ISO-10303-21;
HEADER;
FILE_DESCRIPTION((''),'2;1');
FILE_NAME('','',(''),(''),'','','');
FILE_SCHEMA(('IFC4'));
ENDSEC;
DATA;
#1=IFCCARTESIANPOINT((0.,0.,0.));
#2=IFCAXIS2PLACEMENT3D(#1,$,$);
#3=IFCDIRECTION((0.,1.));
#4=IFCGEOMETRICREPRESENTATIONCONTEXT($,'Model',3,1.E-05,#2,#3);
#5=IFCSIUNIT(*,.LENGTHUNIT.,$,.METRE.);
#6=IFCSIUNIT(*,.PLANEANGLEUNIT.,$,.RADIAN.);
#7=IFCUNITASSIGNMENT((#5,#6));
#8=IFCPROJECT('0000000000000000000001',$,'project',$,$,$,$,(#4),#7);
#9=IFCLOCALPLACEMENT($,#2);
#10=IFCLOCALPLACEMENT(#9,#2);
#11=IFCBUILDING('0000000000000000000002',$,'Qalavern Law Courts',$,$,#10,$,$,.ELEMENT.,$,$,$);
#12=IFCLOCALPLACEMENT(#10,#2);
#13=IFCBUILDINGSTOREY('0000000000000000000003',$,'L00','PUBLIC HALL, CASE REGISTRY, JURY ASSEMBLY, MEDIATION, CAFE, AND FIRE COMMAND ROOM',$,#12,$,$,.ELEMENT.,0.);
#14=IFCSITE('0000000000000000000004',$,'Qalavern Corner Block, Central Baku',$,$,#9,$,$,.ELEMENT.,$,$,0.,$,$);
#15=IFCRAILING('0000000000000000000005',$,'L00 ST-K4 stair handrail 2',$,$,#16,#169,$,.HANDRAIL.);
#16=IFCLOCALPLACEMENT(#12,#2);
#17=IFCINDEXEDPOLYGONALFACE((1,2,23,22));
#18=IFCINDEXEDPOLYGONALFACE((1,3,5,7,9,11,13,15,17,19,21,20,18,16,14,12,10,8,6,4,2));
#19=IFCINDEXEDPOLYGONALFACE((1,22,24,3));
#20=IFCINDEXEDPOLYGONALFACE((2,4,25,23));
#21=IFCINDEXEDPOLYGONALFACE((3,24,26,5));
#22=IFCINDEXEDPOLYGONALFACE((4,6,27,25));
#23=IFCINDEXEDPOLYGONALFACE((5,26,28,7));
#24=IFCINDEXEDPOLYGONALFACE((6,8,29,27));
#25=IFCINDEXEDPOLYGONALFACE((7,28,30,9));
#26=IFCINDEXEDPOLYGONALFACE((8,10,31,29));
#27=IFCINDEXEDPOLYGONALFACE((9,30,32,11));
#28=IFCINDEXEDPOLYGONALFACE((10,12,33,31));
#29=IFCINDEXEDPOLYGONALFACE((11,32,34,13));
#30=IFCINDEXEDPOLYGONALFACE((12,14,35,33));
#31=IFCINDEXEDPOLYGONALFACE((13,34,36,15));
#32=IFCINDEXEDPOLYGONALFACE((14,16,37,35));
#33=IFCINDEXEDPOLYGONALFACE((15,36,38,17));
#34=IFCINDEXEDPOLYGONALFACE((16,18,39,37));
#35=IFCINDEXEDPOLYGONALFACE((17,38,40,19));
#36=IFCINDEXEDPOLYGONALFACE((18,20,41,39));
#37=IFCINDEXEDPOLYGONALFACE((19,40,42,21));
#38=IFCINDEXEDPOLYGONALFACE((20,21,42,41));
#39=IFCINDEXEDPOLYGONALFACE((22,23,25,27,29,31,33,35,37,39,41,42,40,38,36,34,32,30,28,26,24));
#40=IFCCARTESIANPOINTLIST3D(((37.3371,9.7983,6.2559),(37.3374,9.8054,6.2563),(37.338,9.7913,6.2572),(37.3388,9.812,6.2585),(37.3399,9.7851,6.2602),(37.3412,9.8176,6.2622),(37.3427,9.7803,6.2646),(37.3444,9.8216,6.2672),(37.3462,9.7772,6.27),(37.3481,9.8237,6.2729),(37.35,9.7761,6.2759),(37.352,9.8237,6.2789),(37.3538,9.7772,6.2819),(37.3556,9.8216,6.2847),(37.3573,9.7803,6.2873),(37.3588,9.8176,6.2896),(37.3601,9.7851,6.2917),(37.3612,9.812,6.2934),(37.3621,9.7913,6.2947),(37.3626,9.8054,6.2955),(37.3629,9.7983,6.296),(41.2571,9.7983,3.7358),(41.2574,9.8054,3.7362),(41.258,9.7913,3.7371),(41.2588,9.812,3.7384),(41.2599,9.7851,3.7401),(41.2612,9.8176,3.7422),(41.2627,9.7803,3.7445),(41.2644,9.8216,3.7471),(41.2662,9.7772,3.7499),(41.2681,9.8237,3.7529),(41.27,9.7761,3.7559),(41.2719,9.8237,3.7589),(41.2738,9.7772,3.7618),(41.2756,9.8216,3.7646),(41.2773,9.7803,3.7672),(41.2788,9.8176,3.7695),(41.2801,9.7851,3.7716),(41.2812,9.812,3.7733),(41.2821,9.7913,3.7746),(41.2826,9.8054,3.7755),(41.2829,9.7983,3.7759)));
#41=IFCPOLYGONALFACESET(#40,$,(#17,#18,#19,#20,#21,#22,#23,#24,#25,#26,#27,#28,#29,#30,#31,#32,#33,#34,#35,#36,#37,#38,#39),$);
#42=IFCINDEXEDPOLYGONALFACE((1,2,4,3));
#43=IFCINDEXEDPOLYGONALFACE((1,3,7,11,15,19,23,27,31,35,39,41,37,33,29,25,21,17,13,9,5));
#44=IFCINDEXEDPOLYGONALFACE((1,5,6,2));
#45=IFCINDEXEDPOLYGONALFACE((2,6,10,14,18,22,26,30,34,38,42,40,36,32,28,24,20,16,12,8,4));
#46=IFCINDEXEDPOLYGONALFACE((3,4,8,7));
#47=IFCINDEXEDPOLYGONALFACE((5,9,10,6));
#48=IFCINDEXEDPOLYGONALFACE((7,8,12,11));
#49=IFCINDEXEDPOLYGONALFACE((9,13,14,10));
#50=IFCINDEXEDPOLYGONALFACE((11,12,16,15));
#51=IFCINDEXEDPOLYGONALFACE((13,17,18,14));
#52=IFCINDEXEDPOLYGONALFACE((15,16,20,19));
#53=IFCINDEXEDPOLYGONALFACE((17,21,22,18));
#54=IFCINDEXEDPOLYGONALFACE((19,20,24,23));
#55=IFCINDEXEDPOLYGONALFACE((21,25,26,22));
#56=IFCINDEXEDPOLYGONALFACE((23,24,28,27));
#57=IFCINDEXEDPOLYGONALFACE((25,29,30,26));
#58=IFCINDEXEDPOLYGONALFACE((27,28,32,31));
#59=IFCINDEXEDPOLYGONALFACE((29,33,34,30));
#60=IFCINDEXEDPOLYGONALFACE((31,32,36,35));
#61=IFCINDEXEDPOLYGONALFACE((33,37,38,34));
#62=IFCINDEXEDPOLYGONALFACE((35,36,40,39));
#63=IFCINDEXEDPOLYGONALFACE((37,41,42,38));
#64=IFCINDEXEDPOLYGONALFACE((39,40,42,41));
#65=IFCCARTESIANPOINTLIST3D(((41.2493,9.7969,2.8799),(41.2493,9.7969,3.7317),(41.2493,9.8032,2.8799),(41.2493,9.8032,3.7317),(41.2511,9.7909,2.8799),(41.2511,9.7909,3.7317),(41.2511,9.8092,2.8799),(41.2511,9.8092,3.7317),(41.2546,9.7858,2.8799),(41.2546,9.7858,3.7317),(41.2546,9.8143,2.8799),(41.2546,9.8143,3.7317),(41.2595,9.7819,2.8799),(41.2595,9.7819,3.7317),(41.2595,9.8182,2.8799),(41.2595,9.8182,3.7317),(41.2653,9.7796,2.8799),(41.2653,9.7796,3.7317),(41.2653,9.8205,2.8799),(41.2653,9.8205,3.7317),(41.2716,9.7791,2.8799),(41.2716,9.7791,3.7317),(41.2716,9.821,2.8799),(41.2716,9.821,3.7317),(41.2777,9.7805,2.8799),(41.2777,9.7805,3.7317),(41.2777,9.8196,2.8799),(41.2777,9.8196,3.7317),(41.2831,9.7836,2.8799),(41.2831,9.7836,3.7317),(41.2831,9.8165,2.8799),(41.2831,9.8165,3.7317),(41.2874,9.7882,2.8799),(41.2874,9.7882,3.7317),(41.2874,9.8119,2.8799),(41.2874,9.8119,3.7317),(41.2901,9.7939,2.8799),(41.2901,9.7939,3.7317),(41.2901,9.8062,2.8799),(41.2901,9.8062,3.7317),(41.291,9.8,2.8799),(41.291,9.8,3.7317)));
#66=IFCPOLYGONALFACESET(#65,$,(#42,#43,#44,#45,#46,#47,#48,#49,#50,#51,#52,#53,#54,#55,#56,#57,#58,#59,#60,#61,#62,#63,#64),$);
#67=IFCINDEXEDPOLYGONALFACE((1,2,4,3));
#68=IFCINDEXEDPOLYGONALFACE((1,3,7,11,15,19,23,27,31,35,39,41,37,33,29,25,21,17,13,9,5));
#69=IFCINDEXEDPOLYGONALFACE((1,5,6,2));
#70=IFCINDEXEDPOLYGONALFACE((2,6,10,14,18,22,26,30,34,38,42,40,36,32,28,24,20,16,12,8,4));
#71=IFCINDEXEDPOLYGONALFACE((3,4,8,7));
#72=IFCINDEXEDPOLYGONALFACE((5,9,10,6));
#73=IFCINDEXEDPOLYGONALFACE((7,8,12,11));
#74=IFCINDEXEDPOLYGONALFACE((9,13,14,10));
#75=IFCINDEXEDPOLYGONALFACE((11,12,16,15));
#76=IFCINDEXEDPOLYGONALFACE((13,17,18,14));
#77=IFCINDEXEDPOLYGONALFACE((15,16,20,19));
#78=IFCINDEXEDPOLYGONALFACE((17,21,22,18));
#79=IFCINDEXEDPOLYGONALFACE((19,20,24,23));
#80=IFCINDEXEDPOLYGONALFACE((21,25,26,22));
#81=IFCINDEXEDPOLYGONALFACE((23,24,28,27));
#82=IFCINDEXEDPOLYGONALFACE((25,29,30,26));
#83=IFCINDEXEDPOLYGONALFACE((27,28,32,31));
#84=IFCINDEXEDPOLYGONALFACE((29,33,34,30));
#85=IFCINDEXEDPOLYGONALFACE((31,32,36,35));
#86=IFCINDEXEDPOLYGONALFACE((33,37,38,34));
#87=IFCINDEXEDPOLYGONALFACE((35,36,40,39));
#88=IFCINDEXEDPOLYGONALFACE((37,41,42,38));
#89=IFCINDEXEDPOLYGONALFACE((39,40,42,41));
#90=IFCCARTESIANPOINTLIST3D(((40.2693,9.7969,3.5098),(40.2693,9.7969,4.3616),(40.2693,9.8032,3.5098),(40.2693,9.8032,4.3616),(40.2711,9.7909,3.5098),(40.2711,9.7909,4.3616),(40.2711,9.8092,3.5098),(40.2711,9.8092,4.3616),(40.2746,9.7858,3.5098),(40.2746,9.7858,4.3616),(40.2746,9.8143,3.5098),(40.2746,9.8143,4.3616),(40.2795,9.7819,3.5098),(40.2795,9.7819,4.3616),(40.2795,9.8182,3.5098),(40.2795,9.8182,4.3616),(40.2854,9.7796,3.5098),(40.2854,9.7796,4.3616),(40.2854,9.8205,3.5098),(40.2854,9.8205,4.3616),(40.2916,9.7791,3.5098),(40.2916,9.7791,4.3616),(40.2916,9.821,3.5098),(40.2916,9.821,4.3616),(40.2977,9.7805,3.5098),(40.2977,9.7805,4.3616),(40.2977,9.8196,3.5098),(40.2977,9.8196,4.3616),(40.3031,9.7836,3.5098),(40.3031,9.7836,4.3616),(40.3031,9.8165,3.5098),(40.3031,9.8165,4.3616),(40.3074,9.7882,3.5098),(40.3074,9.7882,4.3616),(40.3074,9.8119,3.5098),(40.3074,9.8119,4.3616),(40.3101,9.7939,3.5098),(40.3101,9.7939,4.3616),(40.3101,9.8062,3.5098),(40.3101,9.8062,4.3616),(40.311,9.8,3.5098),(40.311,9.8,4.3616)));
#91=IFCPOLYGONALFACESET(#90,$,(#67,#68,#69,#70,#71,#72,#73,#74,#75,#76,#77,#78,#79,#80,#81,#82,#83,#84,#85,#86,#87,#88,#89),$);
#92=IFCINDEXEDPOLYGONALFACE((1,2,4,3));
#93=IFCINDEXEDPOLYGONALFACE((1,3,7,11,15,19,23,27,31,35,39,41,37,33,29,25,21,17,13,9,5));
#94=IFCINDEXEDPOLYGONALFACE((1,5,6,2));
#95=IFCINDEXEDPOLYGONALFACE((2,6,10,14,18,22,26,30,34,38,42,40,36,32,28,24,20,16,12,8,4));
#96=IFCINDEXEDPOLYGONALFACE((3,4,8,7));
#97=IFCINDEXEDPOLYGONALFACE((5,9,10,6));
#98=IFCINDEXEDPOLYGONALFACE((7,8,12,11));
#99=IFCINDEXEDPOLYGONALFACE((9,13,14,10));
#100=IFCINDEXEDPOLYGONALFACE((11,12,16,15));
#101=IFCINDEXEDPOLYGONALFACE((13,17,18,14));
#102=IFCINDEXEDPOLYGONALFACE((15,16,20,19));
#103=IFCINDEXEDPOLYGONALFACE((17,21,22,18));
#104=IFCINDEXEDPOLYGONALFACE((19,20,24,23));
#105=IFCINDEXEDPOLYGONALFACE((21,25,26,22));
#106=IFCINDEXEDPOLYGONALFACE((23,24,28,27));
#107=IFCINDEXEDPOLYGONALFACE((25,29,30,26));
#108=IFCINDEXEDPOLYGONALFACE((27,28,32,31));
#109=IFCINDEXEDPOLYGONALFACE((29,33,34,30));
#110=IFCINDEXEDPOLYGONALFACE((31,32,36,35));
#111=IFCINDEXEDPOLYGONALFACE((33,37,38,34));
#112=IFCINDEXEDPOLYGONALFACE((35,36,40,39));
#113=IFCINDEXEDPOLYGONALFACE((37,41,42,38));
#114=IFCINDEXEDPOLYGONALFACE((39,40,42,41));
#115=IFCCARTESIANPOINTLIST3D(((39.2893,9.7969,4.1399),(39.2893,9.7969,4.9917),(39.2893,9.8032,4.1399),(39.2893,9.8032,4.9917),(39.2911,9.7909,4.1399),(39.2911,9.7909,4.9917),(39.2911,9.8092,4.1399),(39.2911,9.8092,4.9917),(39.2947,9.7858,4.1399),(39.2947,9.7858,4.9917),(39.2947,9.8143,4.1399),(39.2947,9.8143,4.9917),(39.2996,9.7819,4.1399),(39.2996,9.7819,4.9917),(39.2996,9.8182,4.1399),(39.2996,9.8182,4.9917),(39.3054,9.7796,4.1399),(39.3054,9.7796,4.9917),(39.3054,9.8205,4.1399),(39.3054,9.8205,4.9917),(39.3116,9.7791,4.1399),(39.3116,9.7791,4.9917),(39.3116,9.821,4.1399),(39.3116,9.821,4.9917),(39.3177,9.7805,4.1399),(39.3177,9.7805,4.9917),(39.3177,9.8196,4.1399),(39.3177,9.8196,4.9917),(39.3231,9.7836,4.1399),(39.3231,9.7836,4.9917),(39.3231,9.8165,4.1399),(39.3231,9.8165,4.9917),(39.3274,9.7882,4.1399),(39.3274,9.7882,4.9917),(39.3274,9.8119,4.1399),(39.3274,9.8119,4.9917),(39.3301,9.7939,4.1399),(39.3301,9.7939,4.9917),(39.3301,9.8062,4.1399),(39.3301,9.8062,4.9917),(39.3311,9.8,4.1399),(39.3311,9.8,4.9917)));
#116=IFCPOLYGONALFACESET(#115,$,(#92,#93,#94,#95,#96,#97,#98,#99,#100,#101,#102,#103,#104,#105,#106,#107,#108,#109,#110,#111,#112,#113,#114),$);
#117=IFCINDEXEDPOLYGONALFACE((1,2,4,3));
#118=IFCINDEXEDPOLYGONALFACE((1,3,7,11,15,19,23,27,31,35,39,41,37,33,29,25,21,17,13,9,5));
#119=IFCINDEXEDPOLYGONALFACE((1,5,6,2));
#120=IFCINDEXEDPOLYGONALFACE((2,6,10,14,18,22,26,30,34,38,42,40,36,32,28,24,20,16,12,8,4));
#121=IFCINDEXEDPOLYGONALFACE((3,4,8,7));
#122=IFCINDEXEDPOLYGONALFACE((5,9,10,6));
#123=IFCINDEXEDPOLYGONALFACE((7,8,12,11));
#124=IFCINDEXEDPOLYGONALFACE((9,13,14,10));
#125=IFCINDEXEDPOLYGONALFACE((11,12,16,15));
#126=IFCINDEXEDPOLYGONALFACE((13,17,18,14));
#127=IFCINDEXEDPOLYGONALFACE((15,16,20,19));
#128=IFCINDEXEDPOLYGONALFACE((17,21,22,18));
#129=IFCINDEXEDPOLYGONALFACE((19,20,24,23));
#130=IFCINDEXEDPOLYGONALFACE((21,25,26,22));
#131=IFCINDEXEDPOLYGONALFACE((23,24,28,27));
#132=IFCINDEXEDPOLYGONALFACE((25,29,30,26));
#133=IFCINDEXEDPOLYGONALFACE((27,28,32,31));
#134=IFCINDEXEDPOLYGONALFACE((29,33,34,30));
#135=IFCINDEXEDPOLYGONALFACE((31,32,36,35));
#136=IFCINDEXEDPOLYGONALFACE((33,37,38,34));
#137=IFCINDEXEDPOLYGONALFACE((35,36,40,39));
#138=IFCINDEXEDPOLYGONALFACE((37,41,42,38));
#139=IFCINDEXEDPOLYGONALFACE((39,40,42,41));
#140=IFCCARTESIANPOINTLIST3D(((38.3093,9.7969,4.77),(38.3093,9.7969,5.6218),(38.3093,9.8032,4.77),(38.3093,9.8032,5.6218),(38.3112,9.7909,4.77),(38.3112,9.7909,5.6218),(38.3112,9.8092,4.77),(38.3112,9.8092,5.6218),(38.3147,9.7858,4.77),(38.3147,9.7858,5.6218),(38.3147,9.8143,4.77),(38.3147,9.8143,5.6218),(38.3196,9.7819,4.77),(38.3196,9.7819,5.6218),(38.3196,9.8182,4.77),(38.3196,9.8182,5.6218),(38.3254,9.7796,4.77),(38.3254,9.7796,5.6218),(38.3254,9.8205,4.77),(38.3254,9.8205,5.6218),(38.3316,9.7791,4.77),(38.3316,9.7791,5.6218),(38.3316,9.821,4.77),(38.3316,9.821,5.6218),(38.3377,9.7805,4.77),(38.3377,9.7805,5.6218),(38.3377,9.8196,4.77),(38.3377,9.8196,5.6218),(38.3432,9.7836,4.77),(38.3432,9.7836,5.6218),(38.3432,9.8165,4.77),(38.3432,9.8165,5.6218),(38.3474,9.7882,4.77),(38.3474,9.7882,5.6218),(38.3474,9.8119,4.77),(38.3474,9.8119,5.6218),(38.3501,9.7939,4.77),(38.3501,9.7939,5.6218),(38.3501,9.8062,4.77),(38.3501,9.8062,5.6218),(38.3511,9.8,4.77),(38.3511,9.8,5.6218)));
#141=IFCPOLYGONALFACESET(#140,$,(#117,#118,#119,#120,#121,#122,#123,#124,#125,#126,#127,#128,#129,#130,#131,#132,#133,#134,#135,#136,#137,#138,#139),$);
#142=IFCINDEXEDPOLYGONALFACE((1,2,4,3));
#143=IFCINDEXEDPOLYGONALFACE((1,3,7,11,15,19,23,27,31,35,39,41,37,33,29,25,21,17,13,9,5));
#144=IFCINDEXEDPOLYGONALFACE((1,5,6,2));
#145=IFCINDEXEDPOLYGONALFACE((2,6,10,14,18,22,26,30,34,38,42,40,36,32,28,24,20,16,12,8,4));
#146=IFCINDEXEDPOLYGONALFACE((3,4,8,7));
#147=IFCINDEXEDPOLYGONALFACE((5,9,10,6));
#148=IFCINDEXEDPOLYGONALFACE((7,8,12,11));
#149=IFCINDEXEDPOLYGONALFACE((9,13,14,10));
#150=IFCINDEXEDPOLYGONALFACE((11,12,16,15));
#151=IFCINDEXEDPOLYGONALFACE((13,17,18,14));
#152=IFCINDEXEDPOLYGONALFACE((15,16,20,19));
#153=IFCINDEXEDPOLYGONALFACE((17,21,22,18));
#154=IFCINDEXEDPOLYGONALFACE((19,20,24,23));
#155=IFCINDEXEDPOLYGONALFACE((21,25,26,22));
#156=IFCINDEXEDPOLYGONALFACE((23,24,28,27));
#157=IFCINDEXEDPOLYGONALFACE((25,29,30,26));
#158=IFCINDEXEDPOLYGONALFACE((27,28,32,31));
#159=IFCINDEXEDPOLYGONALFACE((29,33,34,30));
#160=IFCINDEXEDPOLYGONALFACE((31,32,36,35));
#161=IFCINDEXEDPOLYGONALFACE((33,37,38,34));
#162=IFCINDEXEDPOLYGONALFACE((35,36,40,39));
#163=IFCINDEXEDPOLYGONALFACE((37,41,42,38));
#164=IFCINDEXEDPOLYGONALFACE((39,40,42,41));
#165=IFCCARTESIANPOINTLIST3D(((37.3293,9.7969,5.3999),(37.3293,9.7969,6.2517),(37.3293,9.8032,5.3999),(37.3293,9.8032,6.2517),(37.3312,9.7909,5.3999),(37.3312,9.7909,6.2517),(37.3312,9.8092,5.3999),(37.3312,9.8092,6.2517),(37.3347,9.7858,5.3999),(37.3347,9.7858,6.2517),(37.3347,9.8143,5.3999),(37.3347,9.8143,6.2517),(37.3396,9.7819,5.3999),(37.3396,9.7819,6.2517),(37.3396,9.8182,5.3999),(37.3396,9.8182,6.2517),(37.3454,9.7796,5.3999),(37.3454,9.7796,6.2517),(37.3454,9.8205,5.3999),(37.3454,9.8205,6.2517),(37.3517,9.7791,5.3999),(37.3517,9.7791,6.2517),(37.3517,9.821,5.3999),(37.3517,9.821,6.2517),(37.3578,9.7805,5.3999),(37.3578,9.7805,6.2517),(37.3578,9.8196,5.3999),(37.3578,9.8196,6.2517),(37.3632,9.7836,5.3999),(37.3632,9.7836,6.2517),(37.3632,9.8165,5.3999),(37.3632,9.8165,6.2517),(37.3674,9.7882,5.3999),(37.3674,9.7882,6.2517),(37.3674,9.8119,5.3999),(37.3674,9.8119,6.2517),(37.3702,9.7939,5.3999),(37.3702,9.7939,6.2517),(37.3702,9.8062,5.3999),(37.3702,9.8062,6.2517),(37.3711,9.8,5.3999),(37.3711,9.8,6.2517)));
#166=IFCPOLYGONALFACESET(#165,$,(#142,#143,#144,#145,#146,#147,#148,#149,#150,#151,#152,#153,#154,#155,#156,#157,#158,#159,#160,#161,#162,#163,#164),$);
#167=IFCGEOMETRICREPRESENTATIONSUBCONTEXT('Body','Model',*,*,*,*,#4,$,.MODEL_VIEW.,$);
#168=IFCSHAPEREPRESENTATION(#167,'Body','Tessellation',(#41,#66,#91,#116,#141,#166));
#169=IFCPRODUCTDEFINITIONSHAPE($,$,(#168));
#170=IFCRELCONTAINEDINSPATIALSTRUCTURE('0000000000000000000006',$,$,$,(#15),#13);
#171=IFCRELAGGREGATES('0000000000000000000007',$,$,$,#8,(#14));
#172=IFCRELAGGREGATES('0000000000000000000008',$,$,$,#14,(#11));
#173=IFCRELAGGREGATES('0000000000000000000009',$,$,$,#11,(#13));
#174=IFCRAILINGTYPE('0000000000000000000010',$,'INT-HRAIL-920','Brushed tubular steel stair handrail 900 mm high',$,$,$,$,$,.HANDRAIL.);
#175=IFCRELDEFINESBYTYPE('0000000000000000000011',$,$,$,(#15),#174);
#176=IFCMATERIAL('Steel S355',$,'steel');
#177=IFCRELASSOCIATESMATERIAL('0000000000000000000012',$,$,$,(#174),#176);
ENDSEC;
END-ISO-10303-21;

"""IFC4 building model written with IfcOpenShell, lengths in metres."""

from ifc_helpers import new_model, si_unit, direction, frame, origin, origin_2d, place, context, subcontext, project, spatial, circle, extrude, material, type_object, element, save


model = new_model("IFC4")

# Units and contexts
model_context = context("Model", 3, precision=1e-05, world=origin(), true_north=direction((0.0, 1.0)))
body_context = subcontext(model_context, "Body", "Model", "MODEL_VIEW")
ifc_project = project(units=[si_unit("LENGTHUNIT", "METRE"), si_unit("PLANEANGLEUNIT", "RADIAN")], contexts=[model_context])

# Site, building, storey
site_placement = place(None, origin())
site = spatial("IfcSite", under=ifc_project, at=site_placement, Name="Qalavern Corner Block, Central Baku", CompositionType="ELEMENT", RefElevation=0.0)
building_placement = place(site_placement, origin())
building = spatial("IfcBuilding", under=site, at=building_placement, Name="Qalavern Law Courts", CompositionType="ELEMENT")
storey_placement = place(building_placement, origin())
storey = spatial("IfcBuildingStorey", under=building, at=storey_placement, Name="L00", Description="PUBLIC HALL, CASE REGISTRY, JURY ASSEMBLY, MEDIATION, CAFE, AND FIRE COMMAND ROOM", CompositionType="ELEMENT", Elevation=0.0)

# Shared definitions
ifc_material_1 = material(Name="Steel S355", Category="steel")

# Railing
railing_type_1 = type_object("IfcRailingType", Name="INT-HRAIL-920", Description="Brushed tubular steel stair handrail 900 mm high", PredefinedType="HANDRAIL", material=ifc_material_1)
railing_1_placement = place(storey_placement, frame((41.27, 9.8, 2.8799)))
element("IfcRailing", 1, at=railing_1_placement, inside=storey, type_object=railing_type_1, Name="L00 ST-K4 stair handrail 2", PredefinedType="HANDRAIL", context=body_context, shape_type="SweptSolid", body=[
    extrude(circle(Radius=0.0239, at=origin_2d()), frame((0.0, 0.0, 0.876), z_axis=(-0.841172, 0.0, 0.540768), x_axis=(0.0, -1.0, 0.0)), (0.0, 0.0, 1.0), 4.6602),
    extrude(circle(Radius=0.021, at=origin_2d()), origin(), (0.0, 0.0, 1.0), 0.8518),
    extrude(circle(Radius=0.021, at=origin_2d()), frame((-0.98, 0.0, 0.6299)), (0.0, 0.0, 1.0), 0.8518),
    extrude(circle(Radius=0.021, at=origin_2d()), frame((-1.96, 0.0, 1.26)), (0.0, 0.0, 1.0), 0.8518),
    extrude(circle(Radius=0.021, at=origin_2d()), frame((-2.9399, 0.0, 1.8901)), (0.0, 0.0, 1.0), 0.8518),
    extrude(circle(Radius=0.021, at=origin_2d()), frame((-3.9199, 0.0, 2.52)), (0.0, 0.0, 1.0), 0.8518),
])

save(model, "model.ifc")
